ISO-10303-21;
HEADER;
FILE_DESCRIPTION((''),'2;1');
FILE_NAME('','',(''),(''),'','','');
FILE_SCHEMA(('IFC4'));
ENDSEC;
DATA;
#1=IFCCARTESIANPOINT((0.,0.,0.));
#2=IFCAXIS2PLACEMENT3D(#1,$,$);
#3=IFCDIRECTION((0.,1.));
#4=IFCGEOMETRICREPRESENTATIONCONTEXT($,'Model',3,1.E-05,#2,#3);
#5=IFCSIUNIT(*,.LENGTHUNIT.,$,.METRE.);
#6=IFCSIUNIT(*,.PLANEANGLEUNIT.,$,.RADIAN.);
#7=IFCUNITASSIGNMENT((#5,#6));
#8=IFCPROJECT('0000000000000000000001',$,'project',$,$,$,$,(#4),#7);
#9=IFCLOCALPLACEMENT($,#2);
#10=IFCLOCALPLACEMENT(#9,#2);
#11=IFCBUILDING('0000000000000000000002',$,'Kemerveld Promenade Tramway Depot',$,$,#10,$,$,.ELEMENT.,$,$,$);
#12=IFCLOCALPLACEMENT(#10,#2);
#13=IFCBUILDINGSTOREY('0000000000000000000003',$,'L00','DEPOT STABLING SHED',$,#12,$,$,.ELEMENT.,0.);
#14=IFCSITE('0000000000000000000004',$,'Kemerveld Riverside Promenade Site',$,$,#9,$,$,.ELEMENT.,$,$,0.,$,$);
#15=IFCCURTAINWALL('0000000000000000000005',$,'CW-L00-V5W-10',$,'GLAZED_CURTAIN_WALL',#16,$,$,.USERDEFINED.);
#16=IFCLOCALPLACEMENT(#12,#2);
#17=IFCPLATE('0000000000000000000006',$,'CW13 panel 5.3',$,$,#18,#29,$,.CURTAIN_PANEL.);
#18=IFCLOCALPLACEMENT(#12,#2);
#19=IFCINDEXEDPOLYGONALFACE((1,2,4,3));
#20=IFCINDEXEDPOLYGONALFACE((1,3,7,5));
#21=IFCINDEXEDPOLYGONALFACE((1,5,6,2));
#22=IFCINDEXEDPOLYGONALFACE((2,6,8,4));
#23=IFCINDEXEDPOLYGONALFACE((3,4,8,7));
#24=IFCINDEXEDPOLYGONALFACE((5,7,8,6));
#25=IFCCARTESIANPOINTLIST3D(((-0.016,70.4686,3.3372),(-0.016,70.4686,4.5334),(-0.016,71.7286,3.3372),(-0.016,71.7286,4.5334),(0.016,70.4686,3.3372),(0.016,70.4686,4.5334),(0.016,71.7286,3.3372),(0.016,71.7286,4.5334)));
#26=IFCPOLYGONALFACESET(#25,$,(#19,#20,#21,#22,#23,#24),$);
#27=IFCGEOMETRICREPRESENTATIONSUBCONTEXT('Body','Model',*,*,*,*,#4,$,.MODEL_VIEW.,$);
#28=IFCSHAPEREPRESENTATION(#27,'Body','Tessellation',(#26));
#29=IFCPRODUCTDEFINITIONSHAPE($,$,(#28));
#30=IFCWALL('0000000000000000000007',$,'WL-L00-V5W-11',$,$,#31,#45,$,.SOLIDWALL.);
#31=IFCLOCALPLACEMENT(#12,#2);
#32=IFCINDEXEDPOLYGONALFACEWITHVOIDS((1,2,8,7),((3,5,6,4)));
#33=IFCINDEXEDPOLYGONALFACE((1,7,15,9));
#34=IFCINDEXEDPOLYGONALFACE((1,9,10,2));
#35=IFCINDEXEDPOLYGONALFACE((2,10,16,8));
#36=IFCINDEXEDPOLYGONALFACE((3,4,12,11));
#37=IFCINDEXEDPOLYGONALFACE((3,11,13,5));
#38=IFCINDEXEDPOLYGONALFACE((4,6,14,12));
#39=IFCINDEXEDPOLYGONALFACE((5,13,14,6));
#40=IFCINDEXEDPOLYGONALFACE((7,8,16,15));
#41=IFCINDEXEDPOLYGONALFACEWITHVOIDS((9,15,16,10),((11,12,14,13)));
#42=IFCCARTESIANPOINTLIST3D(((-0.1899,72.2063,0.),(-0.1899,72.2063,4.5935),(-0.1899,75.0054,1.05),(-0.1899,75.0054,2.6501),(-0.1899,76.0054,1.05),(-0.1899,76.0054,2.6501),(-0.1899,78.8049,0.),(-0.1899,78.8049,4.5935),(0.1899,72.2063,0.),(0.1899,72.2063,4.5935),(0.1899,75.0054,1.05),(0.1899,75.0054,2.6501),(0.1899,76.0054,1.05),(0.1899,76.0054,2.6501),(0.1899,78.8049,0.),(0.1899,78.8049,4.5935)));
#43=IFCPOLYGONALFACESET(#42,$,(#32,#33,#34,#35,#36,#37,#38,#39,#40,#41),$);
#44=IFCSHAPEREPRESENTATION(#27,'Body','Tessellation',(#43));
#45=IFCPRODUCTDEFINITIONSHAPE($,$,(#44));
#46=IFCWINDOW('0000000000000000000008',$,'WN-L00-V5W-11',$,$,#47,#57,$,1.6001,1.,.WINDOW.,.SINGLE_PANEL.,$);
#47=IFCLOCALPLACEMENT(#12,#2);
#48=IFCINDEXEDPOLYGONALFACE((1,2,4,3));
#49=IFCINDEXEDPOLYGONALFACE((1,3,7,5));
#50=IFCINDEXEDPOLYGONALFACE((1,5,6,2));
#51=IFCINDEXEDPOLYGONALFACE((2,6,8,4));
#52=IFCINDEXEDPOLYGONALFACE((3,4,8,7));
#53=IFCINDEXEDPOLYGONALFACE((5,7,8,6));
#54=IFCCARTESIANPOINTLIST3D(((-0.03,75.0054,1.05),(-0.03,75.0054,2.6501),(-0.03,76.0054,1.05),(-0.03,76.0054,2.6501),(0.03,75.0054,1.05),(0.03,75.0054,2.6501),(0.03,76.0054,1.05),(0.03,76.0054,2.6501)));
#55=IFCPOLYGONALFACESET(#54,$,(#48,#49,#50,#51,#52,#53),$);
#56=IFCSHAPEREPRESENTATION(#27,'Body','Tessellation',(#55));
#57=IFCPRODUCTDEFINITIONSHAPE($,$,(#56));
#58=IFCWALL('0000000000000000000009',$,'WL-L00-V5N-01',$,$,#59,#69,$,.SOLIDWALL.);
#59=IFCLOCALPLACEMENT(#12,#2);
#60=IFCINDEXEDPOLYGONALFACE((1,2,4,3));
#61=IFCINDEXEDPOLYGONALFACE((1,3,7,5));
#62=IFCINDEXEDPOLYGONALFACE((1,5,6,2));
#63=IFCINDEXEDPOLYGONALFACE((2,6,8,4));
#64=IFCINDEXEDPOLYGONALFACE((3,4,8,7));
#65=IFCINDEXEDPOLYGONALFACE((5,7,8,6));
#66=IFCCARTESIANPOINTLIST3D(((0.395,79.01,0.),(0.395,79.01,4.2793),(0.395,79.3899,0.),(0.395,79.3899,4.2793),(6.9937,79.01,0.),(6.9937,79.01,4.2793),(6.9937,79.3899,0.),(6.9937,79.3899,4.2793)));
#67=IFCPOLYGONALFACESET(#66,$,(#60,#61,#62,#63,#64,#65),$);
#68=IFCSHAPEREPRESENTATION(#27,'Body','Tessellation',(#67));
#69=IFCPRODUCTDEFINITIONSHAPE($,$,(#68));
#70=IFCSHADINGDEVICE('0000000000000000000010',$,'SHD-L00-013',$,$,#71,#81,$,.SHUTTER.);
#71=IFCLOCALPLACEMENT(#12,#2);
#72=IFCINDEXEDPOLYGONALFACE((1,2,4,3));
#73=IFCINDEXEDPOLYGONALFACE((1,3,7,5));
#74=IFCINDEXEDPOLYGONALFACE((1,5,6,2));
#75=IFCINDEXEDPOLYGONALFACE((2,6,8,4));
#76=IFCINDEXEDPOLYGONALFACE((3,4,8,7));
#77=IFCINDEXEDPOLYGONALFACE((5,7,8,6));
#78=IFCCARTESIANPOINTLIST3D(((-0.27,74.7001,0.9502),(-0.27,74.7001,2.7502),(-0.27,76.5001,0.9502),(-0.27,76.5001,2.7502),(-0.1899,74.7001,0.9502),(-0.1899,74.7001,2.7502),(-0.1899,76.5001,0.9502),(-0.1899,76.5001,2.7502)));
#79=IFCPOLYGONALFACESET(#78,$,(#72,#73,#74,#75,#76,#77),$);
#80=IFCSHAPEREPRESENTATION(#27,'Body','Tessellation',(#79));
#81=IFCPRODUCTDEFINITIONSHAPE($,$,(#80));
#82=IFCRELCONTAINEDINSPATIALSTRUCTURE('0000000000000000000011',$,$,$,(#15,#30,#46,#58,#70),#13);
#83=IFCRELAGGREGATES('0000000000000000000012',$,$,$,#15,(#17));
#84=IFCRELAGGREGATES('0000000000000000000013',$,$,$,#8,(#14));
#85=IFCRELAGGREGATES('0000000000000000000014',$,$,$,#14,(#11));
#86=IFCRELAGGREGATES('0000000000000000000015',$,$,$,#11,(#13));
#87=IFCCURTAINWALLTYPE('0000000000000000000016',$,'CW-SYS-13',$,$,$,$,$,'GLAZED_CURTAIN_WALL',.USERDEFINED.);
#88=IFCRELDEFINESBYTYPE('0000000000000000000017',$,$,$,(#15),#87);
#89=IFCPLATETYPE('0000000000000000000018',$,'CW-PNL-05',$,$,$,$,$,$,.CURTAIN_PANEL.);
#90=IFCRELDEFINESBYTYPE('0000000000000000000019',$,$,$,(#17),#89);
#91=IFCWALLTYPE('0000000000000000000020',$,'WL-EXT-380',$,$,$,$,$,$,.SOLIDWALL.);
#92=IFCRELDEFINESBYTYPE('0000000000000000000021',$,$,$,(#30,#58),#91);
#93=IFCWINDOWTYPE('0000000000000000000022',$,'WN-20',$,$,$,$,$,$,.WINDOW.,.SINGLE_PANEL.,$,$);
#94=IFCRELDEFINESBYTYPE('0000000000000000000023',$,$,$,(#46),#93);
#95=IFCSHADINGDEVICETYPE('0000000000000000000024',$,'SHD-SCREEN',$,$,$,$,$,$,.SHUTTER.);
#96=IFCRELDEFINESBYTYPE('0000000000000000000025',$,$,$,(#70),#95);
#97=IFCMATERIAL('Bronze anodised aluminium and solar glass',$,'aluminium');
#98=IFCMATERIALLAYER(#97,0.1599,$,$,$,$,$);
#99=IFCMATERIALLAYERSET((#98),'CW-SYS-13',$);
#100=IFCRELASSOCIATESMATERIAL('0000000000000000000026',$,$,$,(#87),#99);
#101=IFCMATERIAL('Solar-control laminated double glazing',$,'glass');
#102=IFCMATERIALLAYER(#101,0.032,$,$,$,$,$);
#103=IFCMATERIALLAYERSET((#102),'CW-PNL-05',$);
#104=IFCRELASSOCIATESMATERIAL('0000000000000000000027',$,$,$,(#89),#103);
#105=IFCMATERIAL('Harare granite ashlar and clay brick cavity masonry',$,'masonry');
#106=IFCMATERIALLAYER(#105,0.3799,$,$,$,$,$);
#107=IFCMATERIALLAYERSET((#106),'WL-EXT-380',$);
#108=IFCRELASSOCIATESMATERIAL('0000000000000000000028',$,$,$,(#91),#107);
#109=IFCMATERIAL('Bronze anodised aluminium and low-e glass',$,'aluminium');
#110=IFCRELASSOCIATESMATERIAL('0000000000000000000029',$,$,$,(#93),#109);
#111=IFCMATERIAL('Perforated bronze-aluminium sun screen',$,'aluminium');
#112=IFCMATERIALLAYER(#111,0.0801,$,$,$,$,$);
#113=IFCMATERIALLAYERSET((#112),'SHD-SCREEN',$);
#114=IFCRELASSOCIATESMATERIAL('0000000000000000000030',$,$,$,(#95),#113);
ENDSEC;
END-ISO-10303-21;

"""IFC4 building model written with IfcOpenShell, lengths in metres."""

from ifc_helpers import new_model, si_unit, direction, frame, frame_2d, origin, origin_2d, place, context, subcontext, project, spatial, rectangle, extrude, material, layer, layer_set, type_object, element, fill, aggregate, save


model = new_model("IFC4")

# Units and contexts
model_context = context("Model", 3, precision=1e-05, world=origin(), true_north=direction((0.0, 1.0)))
body_context = subcontext(model_context, "Body", "Model", "MODEL_VIEW")
ifc_project = project(units=[si_unit("LENGTHUNIT", "METRE"), si_unit("PLANEANGLEUNIT", "RADIAN")], contexts=[model_context])

# Site, building, storey
site_placement = place(None, origin())
site = spatial("IfcSite", under=ifc_project, at=site_placement, Name="Kemerveld Riverside Promenade Site", CompositionType="ELEMENT", RefElevation=0.0)
building_placement = place(site_placement, origin())
building = spatial("IfcBuilding", under=site, at=building_placement, Name="Kemerveld Promenade Tramway Depot", CompositionType="ELEMENT")
storey_placement = place(building_placement, origin())
storey = spatial("IfcBuildingStorey", under=building, at=storey_placement, Name="L00", Description="DEPOT STABLING SHED", CompositionType="ELEMENT", Elevation=0.0)

# Curtain wall, plate
ifc_material_1 = material(Name="Bronze anodised aluminium and solar glass", Category="aluminium")
ifc_layer_1 = layer(ifc_material_1, 0.1599)
ifc_layer_set_1 = layer_set([ifc_layer_1], Name="CW-SYS-13")
curtain_wall_type = type_object("IfcCurtainWallType", Name="CW-SYS-13", ElementType="GLAZED_CURTAIN_WALL", PredefinedType="USERDEFINED", material=ifc_layer_set_1)
curtain_wall_placement = place(storey_placement, origin())
curtain_wall = element("IfcCurtainWall", 1, at=curtain_wall_placement, inside=storey, type_object=curtain_wall_type, Name="CW-L00-V5W-10", ObjectType="GLAZED_CURTAIN_WALL", PredefinedType="USERDEFINED")
ifc_material_2 = material(Name="Solar-control laminated double glazing", Category="glass")
ifc_layer_2 = layer(ifc_material_2, 0.032)
ifc_layer_set_2 = layer_set([ifc_layer_2], Name="CW-PNL-05")
plate_type = type_object("IfcPlateType", Name="CW-PNL-05", PredefinedType="CURTAIN_PANEL", material=ifc_layer_set_2)
plate_1_placement = place(storey_placement, frame((0.0, 71.0986, 3.3372), z_axis=(0.0, 0.0, 1.0), x_axis=(0.0, 1.0, 0.0)))
plate_1 = element("IfcPlate", 2, at=plate_1_placement, type_object=plate_type, Name="CW13 panel 5.3", PredefinedType="CURTAIN_PANEL", context=body_context, shape_type="SweptSolid", body=[
    extrude(rectangle(XDim=1.26, YDim=0.032, at=origin_2d()), origin(), (0.0, 0.0, 1.0), 1.1963),
])
aggregate(curtain_wall, [plate_1])

# Wall, opening, window
ifc_material_3 = material(Name="Harare granite ashlar and clay brick cavity masonry", Category="masonry")
ifc_layer_3 = layer(ifc_material_3, 0.3799)
ifc_layer_set_3 = layer_set([ifc_layer_3], Name="WL-EXT-380")
wall_type = type_object("IfcWallType", Name="WL-EXT-380", PredefinedType="SOLIDWALL", material=ifc_layer_set_3)
wall_1_placement = place(storey_placement, frame((0.0, 72.2063, 0.0), z_axis=(0.0, 0.0, 1.0), x_axis=(0.0, 1.0, 0.0)))
wall_1 = element("IfcWall", 3, at=wall_1_placement, inside=storey, type_object=wall_type, Name="WL-L00-V5W-11", PredefinedType="SOLIDWALL", context=body_context, shape_type="SweptSolid", body=[
    extrude(rectangle(XDim=6.5986, YDim=0.3799, at=frame_2d((3.2993, 0.0))), origin(), (0.0, 0.0, 1.0), 4.5935),
])
opening_placement = place(wall_1_placement, frame((2.7991, 0.0, 1.05)))
opening = element("IfcOpeningElement", 4, at=opening_placement, cuts=wall_1, PredefinedType="OPENING", context=body_context, shape_type="SweptSolid", body=[
    extrude(rectangle(XDim=1.0, YDim=1.6001, at=frame_2d((0.5, 0.8))), frame((0.0, 0.2, 0.0), z_axis=(0.0, -1.0, 0.0), x_axis=(1.0, 0.0, 0.0)), (0.0, 0.0, 1.0), 0.3999),
])
ifc_material_4 = material(Name="Bronze anodised aluminium and low-e glass", Category="aluminium")
window_type = type_object("IfcWindowType", Name="WN-20", PartitioningType="SINGLE_PANEL", PredefinedType="WINDOW", material=ifc_material_4)
window_placement = place(opening_placement, origin())
window = element("IfcWindow", 5, at=window_placement, inside=storey, type_object=window_type, Name="WN-L00-V5W-11", OverallHeight=1.6001, OverallWidth=1.0, PartitioningType="SINGLE_PANEL", PredefinedType="WINDOW", context=body_context, shape_type="SweptSolid", body=[
    extrude(rectangle(XDim=1.0, YDim=1.6001, at=frame_2d((0.5, 0.8))), frame((0.0, 0.03, 0.0), z_axis=(0.0, -1.0, 0.0), x_axis=(1.0, 0.0, 0.0)), (0.0, 0.0, 1.0), 0.0601),
])
fill(opening, window)

# Wall
wall_2_placement = place(storey_placement, frame((0.395, 79.2, 0.0), z_axis=(0.0, 0.0, 1.0), x_axis=(1.0, 0.0, 0.0)))
element("IfcWall", 6, at=wall_2_placement, inside=storey, type_object=wall_type, Name="WL-L00-V5N-01", PredefinedType="SOLIDWALL", context=body_context, shape_type="SweptSolid", body=[
    extrude(rectangle(XDim=6.5986, YDim=0.3799, at=frame_2d((3.2993, 0.0))), origin(), (0.0, 0.0, 1.0), 4.2793),
])

# Shading device
ifc_material_5 = material(Name="Perforated bronze-aluminium sun screen", Category="aluminium")
ifc_layer_4 = layer(ifc_material_5, 0.0801)
ifc_layer_set_4 = layer_set([ifc_layer_4], Name="SHD-SCREEN")
shading_device_type = type_object("IfcShadingDeviceType", Name="SHD-SCREEN", PredefinedType="SHUTTER", material=ifc_layer_set_4)
shading_device_placement = place(storey_placement, frame((-0.23, 75.6001, 0.9502), z_axis=(0.0, 0.0, 1.0), x_axis=(1.0, 0.0, 0.0)))
element("IfcShadingDevice", 7, at=shading_device_placement, inside=storey, type_object=shading_device_type, Name="SHD-L00-013", PredefinedType="SHUTTER", context=body_context, shape_type="SweptSolid", body=[
    extrude(rectangle(XDim=0.0801, YDim=1.8, at=origin_2d()), origin(), (0.0, 0.0, 1.0), 1.8),
])

save(model, "model.ifc")
